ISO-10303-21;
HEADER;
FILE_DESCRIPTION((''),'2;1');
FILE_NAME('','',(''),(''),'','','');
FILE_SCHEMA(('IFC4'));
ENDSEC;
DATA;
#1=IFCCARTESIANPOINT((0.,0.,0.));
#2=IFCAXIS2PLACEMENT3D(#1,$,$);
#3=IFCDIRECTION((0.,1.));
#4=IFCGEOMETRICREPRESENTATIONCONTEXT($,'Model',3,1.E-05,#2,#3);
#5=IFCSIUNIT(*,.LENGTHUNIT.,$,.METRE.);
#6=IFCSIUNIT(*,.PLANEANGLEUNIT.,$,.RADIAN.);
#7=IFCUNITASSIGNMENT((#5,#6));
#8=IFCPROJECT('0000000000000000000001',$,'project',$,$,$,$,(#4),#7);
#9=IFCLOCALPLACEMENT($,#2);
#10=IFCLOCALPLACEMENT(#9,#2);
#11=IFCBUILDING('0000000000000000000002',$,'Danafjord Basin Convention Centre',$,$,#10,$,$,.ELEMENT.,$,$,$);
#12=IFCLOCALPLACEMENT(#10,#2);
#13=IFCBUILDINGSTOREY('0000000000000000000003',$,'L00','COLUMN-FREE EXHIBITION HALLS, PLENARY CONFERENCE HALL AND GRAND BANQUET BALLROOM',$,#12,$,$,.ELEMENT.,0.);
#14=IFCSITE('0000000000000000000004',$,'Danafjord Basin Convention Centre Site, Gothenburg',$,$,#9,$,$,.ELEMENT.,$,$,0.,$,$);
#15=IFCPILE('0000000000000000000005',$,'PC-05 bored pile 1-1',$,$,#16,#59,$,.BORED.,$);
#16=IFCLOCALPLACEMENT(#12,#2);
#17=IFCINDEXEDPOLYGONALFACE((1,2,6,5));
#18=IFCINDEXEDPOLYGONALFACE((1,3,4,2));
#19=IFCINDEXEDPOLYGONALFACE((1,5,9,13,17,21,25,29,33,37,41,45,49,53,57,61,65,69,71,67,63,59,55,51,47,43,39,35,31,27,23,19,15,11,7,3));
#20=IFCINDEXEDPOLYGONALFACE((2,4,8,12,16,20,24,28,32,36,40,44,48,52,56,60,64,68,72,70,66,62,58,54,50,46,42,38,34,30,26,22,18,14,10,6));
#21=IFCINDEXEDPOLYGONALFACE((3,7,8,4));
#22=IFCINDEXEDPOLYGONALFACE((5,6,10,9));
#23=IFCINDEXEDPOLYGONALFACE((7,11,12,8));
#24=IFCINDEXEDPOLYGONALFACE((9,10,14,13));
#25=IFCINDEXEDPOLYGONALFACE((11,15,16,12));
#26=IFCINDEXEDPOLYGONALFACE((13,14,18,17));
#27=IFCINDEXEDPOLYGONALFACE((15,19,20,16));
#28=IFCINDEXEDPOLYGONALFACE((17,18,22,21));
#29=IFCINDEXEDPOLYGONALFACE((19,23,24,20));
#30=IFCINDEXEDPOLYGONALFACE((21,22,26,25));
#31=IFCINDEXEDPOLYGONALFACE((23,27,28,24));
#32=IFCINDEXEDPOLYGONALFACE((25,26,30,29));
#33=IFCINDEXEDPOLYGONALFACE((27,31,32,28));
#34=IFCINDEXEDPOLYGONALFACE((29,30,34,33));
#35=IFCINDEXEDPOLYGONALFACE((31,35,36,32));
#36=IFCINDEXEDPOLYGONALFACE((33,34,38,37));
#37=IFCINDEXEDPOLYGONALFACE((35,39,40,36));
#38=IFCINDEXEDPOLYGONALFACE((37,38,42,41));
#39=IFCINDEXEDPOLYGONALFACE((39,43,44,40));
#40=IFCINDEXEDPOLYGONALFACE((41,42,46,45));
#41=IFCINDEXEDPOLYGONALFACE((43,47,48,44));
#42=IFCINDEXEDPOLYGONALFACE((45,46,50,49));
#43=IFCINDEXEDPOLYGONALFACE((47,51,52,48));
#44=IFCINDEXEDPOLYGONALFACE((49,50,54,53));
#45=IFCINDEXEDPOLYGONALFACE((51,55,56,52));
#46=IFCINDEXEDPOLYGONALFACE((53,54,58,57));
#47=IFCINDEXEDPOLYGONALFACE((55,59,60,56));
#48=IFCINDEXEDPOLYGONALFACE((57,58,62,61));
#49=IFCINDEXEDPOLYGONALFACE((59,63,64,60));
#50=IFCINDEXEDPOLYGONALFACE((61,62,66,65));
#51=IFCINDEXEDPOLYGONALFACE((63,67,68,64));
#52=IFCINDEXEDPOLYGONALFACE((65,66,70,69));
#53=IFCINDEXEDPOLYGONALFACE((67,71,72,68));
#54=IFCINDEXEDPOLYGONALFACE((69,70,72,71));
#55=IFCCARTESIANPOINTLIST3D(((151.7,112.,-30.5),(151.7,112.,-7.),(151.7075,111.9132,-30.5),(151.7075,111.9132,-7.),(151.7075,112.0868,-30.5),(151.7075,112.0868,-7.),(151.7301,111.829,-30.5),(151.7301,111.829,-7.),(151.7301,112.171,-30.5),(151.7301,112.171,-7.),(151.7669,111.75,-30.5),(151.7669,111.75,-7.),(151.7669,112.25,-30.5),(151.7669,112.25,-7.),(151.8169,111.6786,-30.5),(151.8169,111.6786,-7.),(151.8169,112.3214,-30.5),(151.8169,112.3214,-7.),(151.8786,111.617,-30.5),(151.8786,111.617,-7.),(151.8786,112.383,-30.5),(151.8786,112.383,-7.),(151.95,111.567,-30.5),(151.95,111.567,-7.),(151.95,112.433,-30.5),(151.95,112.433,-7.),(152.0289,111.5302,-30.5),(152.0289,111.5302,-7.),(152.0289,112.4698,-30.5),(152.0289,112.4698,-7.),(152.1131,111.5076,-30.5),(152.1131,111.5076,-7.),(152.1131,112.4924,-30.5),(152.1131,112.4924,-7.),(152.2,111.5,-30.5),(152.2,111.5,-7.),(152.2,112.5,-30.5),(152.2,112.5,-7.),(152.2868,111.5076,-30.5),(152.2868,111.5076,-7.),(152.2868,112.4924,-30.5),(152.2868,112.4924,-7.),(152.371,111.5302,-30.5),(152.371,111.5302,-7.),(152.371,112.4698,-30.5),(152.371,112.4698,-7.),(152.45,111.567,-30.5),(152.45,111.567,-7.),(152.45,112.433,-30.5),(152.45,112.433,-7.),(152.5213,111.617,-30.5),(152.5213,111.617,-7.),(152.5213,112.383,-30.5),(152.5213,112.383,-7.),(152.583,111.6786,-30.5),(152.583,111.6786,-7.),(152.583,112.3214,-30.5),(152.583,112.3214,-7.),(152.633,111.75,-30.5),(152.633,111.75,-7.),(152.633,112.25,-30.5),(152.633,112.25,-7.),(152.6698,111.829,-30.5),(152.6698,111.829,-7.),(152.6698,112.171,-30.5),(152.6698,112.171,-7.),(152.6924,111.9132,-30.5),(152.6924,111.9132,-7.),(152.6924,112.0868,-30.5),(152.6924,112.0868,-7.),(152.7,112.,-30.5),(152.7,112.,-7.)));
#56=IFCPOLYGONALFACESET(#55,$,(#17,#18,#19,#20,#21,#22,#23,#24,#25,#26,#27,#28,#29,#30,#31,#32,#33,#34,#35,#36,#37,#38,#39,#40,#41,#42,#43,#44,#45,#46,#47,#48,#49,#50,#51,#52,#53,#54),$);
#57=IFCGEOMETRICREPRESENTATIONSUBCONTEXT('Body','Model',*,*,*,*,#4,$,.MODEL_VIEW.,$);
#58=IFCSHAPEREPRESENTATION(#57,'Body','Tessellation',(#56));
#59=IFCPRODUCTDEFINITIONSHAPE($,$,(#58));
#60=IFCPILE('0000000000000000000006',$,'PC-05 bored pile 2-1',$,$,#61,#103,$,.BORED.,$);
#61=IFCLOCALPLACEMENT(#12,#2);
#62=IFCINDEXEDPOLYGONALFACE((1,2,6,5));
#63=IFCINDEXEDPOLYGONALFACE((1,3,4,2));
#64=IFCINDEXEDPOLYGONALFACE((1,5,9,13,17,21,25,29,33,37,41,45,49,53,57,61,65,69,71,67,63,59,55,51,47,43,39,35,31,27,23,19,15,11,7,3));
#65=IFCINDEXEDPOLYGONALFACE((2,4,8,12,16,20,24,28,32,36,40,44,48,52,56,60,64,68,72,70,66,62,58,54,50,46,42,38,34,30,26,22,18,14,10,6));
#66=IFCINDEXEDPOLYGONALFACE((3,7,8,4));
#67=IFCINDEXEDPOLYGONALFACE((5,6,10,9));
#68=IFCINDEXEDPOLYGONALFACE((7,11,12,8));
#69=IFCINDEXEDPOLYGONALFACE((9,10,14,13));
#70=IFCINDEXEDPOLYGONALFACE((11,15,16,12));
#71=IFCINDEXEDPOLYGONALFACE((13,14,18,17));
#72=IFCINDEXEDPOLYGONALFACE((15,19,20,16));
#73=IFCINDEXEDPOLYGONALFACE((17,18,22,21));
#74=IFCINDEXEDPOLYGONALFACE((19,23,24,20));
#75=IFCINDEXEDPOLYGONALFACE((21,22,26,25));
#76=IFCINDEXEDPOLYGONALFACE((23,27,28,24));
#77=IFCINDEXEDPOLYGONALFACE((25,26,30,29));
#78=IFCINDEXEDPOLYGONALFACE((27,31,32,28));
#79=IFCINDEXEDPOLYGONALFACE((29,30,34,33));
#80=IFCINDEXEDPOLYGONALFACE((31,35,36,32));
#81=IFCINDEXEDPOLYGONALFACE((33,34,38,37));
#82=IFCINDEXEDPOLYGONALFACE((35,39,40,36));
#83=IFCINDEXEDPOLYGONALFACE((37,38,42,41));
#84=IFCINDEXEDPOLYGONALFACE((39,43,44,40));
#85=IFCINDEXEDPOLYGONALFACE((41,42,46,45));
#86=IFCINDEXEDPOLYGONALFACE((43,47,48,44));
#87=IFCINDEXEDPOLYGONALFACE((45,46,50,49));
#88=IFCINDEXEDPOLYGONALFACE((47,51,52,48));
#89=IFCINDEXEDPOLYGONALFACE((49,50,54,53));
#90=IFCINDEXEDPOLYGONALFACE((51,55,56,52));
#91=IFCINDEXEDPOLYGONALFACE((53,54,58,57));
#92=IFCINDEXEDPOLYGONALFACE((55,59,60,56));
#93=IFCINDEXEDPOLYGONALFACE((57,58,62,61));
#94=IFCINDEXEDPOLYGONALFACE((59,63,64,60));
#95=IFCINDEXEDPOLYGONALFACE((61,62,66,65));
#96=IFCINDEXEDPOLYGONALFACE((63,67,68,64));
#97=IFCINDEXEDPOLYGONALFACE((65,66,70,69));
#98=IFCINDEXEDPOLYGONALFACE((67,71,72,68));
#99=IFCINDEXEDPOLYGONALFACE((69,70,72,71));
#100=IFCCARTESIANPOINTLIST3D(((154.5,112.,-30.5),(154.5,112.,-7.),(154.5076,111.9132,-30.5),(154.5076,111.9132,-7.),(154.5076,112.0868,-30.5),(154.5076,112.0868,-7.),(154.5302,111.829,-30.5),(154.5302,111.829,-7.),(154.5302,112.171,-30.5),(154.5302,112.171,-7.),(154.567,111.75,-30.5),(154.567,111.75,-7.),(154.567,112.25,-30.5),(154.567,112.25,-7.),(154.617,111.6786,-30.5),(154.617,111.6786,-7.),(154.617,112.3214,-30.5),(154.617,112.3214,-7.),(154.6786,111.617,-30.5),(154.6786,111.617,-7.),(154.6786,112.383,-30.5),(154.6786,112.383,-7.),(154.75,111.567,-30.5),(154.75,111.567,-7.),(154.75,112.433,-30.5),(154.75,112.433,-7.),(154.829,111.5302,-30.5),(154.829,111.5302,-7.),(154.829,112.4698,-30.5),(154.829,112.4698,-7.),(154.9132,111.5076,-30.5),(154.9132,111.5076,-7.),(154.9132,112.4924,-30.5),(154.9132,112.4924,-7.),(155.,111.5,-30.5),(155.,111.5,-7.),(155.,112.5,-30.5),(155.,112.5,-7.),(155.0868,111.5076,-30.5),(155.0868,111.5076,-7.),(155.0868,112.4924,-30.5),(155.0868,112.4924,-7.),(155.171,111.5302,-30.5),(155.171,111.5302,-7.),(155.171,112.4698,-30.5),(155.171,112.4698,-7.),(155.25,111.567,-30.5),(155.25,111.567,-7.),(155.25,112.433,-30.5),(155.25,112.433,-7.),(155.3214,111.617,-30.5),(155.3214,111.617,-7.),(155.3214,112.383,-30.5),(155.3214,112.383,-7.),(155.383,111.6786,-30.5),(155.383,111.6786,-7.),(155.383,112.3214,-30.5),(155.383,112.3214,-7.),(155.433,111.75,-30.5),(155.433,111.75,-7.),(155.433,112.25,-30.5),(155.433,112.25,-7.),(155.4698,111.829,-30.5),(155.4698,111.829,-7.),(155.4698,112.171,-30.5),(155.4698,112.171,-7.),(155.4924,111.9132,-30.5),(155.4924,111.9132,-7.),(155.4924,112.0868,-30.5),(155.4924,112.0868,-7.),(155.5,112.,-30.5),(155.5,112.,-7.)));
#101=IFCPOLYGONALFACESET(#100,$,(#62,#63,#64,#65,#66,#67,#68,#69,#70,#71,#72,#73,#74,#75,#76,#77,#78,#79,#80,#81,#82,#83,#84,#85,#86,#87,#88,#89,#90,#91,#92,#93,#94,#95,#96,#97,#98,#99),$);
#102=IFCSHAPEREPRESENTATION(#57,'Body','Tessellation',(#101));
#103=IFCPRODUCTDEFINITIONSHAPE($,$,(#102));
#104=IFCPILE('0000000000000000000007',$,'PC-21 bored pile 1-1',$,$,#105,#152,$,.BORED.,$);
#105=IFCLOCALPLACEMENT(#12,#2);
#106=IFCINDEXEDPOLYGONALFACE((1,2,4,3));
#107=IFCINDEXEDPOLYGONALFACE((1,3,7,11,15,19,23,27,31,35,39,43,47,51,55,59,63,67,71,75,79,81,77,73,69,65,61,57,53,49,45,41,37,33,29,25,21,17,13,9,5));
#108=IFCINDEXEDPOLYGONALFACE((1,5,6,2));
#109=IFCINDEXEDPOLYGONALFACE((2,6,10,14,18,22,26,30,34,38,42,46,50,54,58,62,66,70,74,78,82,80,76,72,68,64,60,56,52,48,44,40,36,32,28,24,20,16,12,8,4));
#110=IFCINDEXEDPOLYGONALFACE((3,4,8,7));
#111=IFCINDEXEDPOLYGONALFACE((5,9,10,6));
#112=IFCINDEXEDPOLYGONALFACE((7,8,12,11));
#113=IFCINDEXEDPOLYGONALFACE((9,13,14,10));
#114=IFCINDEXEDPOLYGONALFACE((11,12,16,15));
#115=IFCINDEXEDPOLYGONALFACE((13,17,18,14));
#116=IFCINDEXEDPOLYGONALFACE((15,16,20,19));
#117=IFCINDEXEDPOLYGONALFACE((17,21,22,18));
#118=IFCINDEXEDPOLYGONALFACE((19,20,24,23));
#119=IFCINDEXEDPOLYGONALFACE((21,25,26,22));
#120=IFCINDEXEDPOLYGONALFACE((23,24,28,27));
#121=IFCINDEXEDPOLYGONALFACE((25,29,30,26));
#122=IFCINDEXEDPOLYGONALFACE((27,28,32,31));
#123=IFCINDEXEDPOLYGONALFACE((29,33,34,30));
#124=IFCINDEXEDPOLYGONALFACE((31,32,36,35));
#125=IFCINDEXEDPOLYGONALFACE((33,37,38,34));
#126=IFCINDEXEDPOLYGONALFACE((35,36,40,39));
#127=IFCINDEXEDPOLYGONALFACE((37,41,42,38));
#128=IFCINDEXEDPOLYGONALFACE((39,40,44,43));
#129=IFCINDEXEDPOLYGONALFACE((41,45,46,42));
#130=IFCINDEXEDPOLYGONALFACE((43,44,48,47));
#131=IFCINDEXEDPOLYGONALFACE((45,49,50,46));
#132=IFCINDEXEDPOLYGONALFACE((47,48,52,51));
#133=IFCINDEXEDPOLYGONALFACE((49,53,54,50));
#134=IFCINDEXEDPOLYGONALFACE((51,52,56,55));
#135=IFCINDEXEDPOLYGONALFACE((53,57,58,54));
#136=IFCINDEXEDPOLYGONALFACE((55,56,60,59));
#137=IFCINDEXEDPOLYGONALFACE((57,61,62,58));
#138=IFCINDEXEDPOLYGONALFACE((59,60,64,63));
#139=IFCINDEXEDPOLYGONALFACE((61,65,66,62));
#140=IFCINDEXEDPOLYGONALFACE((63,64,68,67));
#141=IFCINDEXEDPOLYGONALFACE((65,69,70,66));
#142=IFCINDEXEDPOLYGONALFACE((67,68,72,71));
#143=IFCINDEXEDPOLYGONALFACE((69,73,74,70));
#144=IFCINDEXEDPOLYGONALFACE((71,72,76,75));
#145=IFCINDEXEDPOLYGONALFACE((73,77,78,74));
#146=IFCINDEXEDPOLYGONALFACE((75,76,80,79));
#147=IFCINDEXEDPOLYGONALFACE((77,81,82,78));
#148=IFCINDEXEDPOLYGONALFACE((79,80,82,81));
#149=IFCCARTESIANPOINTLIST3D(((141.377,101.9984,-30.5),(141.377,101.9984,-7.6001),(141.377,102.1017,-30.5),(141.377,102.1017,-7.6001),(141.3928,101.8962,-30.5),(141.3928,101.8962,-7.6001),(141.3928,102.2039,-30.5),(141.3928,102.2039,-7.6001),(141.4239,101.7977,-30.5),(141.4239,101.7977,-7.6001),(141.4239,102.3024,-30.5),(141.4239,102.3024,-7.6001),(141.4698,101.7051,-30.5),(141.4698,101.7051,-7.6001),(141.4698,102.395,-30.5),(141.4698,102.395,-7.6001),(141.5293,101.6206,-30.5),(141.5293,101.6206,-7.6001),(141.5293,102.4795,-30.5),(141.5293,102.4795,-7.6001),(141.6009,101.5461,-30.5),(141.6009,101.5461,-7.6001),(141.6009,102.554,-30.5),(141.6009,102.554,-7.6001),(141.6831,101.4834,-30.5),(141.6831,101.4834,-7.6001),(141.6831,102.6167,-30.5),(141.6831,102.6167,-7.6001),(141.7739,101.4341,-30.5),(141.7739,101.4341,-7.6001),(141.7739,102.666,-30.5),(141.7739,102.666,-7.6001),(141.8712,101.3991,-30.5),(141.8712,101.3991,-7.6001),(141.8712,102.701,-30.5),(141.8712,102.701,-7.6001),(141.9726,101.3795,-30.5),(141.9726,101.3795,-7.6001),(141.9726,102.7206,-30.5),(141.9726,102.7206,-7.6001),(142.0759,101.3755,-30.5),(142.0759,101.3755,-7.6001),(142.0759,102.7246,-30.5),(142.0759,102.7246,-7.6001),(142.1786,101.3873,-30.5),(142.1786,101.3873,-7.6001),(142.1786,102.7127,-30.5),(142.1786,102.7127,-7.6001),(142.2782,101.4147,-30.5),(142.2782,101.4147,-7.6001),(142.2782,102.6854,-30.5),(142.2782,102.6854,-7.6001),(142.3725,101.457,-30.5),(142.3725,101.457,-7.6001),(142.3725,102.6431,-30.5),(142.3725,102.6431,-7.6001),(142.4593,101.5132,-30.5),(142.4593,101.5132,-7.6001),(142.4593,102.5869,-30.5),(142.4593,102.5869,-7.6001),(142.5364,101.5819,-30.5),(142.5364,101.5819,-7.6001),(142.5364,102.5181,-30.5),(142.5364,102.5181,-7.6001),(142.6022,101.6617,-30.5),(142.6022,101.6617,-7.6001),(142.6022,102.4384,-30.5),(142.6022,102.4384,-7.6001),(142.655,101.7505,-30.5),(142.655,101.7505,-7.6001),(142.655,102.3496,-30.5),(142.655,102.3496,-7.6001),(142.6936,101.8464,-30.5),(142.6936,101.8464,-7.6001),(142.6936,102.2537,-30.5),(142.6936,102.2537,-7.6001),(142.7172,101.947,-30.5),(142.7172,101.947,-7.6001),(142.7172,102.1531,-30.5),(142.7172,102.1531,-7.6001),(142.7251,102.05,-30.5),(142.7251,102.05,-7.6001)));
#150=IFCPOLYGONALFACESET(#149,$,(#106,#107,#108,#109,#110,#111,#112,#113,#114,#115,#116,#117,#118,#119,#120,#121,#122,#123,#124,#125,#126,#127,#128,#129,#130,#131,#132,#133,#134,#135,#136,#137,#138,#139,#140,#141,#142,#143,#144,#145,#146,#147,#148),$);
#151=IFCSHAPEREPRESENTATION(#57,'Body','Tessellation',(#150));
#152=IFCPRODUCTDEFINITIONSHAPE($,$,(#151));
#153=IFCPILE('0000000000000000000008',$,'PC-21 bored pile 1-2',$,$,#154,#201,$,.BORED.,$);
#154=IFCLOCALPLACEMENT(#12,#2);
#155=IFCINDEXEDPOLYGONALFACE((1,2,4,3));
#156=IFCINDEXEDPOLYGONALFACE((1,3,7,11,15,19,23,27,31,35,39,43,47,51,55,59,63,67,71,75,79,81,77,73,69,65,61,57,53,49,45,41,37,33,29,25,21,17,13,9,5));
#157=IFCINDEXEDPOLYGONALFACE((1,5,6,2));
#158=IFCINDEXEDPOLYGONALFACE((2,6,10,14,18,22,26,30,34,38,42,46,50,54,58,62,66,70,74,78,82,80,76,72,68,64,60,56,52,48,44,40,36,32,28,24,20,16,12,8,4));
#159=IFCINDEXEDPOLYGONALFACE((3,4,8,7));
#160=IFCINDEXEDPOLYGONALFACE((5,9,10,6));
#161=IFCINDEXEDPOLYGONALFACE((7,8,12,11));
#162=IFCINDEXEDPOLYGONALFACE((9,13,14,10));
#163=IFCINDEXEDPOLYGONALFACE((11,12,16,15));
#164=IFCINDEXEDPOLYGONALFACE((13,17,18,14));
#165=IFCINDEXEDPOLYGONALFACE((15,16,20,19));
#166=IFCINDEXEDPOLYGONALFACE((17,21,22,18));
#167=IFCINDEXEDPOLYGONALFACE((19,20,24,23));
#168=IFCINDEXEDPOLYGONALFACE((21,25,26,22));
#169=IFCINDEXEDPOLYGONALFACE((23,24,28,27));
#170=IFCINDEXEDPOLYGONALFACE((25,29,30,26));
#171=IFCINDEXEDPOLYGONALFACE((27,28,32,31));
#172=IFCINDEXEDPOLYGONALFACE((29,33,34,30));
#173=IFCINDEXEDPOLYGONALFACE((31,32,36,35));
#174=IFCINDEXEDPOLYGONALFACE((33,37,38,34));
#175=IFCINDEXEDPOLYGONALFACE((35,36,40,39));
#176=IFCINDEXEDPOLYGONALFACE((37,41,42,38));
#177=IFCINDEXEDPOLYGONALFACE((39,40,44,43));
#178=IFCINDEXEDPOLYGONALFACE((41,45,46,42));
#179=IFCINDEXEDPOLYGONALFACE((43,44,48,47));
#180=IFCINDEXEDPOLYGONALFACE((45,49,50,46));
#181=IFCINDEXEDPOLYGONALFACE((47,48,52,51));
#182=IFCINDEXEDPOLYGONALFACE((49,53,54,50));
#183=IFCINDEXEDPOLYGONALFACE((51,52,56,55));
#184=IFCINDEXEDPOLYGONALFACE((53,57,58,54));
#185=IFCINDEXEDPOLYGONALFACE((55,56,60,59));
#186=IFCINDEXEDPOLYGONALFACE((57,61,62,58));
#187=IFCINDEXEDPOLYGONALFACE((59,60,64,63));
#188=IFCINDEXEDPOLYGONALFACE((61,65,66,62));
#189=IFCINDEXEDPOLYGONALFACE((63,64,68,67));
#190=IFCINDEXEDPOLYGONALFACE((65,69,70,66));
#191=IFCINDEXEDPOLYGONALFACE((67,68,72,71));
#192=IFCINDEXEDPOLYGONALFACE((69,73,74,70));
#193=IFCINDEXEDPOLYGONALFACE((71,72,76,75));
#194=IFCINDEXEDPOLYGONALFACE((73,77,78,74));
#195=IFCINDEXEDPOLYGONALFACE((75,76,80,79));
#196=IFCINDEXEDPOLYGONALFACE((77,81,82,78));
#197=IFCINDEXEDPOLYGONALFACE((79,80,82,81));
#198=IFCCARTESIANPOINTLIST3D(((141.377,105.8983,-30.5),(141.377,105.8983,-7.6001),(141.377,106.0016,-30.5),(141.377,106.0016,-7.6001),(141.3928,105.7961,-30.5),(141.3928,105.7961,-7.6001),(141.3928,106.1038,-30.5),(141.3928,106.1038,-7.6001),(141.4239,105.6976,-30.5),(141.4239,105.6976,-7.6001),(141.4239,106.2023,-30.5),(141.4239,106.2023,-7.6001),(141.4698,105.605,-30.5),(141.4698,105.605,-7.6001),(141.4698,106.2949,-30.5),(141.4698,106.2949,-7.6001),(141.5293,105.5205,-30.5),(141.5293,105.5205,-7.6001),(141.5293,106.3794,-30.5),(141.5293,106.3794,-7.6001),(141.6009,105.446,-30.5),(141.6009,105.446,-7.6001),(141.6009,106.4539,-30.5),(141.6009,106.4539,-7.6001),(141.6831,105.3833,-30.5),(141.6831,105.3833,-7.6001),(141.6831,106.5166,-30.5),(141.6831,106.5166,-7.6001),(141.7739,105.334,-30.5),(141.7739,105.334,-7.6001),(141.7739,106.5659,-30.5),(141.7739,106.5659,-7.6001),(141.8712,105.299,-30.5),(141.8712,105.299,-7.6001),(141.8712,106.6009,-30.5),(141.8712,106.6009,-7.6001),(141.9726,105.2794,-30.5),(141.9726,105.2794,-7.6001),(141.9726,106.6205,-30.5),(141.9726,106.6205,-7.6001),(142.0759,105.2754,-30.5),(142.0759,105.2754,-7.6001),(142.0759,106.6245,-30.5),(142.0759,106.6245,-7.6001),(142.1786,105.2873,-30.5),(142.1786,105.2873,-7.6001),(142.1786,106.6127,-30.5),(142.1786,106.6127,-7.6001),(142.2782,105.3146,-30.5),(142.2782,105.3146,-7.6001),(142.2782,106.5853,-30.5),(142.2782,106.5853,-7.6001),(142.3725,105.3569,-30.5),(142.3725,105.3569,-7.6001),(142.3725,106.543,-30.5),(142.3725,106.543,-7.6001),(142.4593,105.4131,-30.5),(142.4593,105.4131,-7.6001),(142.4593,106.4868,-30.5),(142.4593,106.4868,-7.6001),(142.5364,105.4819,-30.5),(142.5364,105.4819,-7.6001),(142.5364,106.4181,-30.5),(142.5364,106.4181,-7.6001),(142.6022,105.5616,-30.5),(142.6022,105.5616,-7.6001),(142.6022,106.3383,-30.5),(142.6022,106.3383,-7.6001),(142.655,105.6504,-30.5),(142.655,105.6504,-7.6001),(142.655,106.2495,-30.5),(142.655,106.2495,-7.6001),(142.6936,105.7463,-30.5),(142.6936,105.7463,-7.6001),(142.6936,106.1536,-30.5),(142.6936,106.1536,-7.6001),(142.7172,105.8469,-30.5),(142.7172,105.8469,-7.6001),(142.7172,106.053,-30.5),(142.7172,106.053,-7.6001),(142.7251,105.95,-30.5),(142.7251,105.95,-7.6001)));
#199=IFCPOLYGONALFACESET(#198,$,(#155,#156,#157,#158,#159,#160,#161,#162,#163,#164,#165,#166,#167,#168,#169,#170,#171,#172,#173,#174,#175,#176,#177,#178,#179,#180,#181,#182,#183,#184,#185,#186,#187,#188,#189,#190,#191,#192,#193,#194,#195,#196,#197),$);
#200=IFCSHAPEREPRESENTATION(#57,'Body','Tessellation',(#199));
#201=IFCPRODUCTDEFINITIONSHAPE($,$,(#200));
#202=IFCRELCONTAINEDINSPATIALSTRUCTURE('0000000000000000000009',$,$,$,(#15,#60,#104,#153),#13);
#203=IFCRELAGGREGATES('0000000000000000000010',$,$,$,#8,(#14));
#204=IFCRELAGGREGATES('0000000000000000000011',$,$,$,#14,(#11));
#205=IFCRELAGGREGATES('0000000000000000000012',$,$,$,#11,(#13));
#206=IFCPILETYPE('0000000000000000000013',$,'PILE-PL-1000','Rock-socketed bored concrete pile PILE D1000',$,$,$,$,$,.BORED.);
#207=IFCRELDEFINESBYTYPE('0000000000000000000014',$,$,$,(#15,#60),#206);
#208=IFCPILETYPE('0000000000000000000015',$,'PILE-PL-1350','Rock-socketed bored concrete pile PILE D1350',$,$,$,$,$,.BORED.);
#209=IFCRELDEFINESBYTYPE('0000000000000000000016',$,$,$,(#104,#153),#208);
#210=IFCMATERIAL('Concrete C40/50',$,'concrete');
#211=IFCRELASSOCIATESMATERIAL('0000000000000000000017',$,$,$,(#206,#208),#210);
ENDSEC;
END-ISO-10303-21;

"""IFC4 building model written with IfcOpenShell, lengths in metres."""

from ifc_helpers import new_model, si_unit, direction, frame, origin, origin_2d, place, context, subcontext, project, spatial, circle, extrude, material, material_profile, profile_set, type_object, element, save


model = new_model("IFC4")

# Units and contexts
model_context = context("Model", 3, precision=1e-05, world=origin(), true_north=direction((0.0, 1.0)))
body_context = subcontext(model_context, "Body", "Model", "MODEL_VIEW")
ifc_project = project(units=[si_unit("LENGTHUNIT", "METRE"), si_unit("PLANEANGLEUNIT", "RADIAN")], contexts=[model_context])

# Site, building, storey
site_placement = place(None, origin())
site = spatial("IfcSite", under=ifc_project, at=site_placement, Name="Danafjord Basin Convention Centre Site, Gothenburg", CompositionType="ELEMENT", RefElevation=0.0)
building_placement = place(site_placement, origin())
building = spatial("IfcBuilding", under=site, at=building_placement, Name="Danafjord Basin Convention Centre", CompositionType="ELEMENT")
storey_placement = place(building_placement, origin())
storey = spatial("IfcBuildingStorey", under=building, at=storey_placement, Name="L00", Description="COLUMN-FREE EXHIBITION HALLS, PLENARY CONFERENCE HALL AND GRAND BANQUET BALLROOM", CompositionType="ELEMENT", Elevation=0.0)

# Shared definitions
ifc_material_1 = material(Name="Concrete C40/50", Category="concrete")

# Piles
ifc_material_profile_1 = material_profile(ifc_material_1, circle(Radius=0.5, at=origin_2d()), Name="PILE D1000")
ifc_profile_set_1 = profile_set([ifc_material_profile_1], Name="Concrete C40/50")
pile_type_1 = type_object("IfcPileType", Name="PILE-PL-1000", Description="Rock-socketed bored concrete pile PILE D1000", PredefinedType="BORED", material=ifc_profile_set_1)
for number, where, z_axis, x_axis, name in (
    (1, (152.2, 112.0, -7.0), (0.0, 0.0, -1.0), (1.0, 0.0, 0.0), "PC-05 bored pile 1-1"),
    (2, (155.0, 112.0, -7.0), (0.0, 0.0, -1.0), (1.0, 0.0, 0.0), "PC-05 bored pile 2-1"),
):
    element("IfcPile", number, at=place(storey_placement, frame(where, z_axis=z_axis, x_axis=x_axis)), inside=storey, type_object=pile_type_1, Name=name, PredefinedType="BORED", context=body_context, shape_type="SweptSolid", body=[
        extrude(circle(Radius=0.5, at=origin_2d()), origin(), (0.0, 0.0, 1.0), 23.5),
    ])
ifc_material_profile_2 = material_profile(ifc_material_1, circle(Radius=0.675, at=origin_2d()), Name="PILE D1350")
ifc_profile_set_2 = profile_set([ifc_material_profile_2], Name="Concrete C40/50")
pile_type_2 = type_object("IfcPileType", Name="PILE-PL-1350", Description="Rock-socketed bored concrete pile PILE D1350", PredefinedType="BORED", material=ifc_profile_set_2)
for number, where, z_axis, x_axis, name in (
    (3, (142.05, 102.05, -7.6001), (0.0, 0.0, -1.0), (1.0, 0.0, 0.0), "PC-21 bored pile 1-1"),
    (4, (142.05, 105.95, -7.6001), (0.0, 0.0, -1.0), (1.0, 0.0, 0.0), "PC-21 bored pile 1-2"),
):
    element("IfcPile", number, at=place(storey_placement, frame(where, z_axis=z_axis, x_axis=x_axis)), inside=storey, type_object=pile_type_2, Name=name, PredefinedType="BORED", context=body_context, shape_type="SweptSolid", body=[
        extrude(circle(Radius=0.675, at=origin_2d()), origin(), (0.0, 0.0, 1.0), 22.8999),
    ])

save(model, "model.ifc")
